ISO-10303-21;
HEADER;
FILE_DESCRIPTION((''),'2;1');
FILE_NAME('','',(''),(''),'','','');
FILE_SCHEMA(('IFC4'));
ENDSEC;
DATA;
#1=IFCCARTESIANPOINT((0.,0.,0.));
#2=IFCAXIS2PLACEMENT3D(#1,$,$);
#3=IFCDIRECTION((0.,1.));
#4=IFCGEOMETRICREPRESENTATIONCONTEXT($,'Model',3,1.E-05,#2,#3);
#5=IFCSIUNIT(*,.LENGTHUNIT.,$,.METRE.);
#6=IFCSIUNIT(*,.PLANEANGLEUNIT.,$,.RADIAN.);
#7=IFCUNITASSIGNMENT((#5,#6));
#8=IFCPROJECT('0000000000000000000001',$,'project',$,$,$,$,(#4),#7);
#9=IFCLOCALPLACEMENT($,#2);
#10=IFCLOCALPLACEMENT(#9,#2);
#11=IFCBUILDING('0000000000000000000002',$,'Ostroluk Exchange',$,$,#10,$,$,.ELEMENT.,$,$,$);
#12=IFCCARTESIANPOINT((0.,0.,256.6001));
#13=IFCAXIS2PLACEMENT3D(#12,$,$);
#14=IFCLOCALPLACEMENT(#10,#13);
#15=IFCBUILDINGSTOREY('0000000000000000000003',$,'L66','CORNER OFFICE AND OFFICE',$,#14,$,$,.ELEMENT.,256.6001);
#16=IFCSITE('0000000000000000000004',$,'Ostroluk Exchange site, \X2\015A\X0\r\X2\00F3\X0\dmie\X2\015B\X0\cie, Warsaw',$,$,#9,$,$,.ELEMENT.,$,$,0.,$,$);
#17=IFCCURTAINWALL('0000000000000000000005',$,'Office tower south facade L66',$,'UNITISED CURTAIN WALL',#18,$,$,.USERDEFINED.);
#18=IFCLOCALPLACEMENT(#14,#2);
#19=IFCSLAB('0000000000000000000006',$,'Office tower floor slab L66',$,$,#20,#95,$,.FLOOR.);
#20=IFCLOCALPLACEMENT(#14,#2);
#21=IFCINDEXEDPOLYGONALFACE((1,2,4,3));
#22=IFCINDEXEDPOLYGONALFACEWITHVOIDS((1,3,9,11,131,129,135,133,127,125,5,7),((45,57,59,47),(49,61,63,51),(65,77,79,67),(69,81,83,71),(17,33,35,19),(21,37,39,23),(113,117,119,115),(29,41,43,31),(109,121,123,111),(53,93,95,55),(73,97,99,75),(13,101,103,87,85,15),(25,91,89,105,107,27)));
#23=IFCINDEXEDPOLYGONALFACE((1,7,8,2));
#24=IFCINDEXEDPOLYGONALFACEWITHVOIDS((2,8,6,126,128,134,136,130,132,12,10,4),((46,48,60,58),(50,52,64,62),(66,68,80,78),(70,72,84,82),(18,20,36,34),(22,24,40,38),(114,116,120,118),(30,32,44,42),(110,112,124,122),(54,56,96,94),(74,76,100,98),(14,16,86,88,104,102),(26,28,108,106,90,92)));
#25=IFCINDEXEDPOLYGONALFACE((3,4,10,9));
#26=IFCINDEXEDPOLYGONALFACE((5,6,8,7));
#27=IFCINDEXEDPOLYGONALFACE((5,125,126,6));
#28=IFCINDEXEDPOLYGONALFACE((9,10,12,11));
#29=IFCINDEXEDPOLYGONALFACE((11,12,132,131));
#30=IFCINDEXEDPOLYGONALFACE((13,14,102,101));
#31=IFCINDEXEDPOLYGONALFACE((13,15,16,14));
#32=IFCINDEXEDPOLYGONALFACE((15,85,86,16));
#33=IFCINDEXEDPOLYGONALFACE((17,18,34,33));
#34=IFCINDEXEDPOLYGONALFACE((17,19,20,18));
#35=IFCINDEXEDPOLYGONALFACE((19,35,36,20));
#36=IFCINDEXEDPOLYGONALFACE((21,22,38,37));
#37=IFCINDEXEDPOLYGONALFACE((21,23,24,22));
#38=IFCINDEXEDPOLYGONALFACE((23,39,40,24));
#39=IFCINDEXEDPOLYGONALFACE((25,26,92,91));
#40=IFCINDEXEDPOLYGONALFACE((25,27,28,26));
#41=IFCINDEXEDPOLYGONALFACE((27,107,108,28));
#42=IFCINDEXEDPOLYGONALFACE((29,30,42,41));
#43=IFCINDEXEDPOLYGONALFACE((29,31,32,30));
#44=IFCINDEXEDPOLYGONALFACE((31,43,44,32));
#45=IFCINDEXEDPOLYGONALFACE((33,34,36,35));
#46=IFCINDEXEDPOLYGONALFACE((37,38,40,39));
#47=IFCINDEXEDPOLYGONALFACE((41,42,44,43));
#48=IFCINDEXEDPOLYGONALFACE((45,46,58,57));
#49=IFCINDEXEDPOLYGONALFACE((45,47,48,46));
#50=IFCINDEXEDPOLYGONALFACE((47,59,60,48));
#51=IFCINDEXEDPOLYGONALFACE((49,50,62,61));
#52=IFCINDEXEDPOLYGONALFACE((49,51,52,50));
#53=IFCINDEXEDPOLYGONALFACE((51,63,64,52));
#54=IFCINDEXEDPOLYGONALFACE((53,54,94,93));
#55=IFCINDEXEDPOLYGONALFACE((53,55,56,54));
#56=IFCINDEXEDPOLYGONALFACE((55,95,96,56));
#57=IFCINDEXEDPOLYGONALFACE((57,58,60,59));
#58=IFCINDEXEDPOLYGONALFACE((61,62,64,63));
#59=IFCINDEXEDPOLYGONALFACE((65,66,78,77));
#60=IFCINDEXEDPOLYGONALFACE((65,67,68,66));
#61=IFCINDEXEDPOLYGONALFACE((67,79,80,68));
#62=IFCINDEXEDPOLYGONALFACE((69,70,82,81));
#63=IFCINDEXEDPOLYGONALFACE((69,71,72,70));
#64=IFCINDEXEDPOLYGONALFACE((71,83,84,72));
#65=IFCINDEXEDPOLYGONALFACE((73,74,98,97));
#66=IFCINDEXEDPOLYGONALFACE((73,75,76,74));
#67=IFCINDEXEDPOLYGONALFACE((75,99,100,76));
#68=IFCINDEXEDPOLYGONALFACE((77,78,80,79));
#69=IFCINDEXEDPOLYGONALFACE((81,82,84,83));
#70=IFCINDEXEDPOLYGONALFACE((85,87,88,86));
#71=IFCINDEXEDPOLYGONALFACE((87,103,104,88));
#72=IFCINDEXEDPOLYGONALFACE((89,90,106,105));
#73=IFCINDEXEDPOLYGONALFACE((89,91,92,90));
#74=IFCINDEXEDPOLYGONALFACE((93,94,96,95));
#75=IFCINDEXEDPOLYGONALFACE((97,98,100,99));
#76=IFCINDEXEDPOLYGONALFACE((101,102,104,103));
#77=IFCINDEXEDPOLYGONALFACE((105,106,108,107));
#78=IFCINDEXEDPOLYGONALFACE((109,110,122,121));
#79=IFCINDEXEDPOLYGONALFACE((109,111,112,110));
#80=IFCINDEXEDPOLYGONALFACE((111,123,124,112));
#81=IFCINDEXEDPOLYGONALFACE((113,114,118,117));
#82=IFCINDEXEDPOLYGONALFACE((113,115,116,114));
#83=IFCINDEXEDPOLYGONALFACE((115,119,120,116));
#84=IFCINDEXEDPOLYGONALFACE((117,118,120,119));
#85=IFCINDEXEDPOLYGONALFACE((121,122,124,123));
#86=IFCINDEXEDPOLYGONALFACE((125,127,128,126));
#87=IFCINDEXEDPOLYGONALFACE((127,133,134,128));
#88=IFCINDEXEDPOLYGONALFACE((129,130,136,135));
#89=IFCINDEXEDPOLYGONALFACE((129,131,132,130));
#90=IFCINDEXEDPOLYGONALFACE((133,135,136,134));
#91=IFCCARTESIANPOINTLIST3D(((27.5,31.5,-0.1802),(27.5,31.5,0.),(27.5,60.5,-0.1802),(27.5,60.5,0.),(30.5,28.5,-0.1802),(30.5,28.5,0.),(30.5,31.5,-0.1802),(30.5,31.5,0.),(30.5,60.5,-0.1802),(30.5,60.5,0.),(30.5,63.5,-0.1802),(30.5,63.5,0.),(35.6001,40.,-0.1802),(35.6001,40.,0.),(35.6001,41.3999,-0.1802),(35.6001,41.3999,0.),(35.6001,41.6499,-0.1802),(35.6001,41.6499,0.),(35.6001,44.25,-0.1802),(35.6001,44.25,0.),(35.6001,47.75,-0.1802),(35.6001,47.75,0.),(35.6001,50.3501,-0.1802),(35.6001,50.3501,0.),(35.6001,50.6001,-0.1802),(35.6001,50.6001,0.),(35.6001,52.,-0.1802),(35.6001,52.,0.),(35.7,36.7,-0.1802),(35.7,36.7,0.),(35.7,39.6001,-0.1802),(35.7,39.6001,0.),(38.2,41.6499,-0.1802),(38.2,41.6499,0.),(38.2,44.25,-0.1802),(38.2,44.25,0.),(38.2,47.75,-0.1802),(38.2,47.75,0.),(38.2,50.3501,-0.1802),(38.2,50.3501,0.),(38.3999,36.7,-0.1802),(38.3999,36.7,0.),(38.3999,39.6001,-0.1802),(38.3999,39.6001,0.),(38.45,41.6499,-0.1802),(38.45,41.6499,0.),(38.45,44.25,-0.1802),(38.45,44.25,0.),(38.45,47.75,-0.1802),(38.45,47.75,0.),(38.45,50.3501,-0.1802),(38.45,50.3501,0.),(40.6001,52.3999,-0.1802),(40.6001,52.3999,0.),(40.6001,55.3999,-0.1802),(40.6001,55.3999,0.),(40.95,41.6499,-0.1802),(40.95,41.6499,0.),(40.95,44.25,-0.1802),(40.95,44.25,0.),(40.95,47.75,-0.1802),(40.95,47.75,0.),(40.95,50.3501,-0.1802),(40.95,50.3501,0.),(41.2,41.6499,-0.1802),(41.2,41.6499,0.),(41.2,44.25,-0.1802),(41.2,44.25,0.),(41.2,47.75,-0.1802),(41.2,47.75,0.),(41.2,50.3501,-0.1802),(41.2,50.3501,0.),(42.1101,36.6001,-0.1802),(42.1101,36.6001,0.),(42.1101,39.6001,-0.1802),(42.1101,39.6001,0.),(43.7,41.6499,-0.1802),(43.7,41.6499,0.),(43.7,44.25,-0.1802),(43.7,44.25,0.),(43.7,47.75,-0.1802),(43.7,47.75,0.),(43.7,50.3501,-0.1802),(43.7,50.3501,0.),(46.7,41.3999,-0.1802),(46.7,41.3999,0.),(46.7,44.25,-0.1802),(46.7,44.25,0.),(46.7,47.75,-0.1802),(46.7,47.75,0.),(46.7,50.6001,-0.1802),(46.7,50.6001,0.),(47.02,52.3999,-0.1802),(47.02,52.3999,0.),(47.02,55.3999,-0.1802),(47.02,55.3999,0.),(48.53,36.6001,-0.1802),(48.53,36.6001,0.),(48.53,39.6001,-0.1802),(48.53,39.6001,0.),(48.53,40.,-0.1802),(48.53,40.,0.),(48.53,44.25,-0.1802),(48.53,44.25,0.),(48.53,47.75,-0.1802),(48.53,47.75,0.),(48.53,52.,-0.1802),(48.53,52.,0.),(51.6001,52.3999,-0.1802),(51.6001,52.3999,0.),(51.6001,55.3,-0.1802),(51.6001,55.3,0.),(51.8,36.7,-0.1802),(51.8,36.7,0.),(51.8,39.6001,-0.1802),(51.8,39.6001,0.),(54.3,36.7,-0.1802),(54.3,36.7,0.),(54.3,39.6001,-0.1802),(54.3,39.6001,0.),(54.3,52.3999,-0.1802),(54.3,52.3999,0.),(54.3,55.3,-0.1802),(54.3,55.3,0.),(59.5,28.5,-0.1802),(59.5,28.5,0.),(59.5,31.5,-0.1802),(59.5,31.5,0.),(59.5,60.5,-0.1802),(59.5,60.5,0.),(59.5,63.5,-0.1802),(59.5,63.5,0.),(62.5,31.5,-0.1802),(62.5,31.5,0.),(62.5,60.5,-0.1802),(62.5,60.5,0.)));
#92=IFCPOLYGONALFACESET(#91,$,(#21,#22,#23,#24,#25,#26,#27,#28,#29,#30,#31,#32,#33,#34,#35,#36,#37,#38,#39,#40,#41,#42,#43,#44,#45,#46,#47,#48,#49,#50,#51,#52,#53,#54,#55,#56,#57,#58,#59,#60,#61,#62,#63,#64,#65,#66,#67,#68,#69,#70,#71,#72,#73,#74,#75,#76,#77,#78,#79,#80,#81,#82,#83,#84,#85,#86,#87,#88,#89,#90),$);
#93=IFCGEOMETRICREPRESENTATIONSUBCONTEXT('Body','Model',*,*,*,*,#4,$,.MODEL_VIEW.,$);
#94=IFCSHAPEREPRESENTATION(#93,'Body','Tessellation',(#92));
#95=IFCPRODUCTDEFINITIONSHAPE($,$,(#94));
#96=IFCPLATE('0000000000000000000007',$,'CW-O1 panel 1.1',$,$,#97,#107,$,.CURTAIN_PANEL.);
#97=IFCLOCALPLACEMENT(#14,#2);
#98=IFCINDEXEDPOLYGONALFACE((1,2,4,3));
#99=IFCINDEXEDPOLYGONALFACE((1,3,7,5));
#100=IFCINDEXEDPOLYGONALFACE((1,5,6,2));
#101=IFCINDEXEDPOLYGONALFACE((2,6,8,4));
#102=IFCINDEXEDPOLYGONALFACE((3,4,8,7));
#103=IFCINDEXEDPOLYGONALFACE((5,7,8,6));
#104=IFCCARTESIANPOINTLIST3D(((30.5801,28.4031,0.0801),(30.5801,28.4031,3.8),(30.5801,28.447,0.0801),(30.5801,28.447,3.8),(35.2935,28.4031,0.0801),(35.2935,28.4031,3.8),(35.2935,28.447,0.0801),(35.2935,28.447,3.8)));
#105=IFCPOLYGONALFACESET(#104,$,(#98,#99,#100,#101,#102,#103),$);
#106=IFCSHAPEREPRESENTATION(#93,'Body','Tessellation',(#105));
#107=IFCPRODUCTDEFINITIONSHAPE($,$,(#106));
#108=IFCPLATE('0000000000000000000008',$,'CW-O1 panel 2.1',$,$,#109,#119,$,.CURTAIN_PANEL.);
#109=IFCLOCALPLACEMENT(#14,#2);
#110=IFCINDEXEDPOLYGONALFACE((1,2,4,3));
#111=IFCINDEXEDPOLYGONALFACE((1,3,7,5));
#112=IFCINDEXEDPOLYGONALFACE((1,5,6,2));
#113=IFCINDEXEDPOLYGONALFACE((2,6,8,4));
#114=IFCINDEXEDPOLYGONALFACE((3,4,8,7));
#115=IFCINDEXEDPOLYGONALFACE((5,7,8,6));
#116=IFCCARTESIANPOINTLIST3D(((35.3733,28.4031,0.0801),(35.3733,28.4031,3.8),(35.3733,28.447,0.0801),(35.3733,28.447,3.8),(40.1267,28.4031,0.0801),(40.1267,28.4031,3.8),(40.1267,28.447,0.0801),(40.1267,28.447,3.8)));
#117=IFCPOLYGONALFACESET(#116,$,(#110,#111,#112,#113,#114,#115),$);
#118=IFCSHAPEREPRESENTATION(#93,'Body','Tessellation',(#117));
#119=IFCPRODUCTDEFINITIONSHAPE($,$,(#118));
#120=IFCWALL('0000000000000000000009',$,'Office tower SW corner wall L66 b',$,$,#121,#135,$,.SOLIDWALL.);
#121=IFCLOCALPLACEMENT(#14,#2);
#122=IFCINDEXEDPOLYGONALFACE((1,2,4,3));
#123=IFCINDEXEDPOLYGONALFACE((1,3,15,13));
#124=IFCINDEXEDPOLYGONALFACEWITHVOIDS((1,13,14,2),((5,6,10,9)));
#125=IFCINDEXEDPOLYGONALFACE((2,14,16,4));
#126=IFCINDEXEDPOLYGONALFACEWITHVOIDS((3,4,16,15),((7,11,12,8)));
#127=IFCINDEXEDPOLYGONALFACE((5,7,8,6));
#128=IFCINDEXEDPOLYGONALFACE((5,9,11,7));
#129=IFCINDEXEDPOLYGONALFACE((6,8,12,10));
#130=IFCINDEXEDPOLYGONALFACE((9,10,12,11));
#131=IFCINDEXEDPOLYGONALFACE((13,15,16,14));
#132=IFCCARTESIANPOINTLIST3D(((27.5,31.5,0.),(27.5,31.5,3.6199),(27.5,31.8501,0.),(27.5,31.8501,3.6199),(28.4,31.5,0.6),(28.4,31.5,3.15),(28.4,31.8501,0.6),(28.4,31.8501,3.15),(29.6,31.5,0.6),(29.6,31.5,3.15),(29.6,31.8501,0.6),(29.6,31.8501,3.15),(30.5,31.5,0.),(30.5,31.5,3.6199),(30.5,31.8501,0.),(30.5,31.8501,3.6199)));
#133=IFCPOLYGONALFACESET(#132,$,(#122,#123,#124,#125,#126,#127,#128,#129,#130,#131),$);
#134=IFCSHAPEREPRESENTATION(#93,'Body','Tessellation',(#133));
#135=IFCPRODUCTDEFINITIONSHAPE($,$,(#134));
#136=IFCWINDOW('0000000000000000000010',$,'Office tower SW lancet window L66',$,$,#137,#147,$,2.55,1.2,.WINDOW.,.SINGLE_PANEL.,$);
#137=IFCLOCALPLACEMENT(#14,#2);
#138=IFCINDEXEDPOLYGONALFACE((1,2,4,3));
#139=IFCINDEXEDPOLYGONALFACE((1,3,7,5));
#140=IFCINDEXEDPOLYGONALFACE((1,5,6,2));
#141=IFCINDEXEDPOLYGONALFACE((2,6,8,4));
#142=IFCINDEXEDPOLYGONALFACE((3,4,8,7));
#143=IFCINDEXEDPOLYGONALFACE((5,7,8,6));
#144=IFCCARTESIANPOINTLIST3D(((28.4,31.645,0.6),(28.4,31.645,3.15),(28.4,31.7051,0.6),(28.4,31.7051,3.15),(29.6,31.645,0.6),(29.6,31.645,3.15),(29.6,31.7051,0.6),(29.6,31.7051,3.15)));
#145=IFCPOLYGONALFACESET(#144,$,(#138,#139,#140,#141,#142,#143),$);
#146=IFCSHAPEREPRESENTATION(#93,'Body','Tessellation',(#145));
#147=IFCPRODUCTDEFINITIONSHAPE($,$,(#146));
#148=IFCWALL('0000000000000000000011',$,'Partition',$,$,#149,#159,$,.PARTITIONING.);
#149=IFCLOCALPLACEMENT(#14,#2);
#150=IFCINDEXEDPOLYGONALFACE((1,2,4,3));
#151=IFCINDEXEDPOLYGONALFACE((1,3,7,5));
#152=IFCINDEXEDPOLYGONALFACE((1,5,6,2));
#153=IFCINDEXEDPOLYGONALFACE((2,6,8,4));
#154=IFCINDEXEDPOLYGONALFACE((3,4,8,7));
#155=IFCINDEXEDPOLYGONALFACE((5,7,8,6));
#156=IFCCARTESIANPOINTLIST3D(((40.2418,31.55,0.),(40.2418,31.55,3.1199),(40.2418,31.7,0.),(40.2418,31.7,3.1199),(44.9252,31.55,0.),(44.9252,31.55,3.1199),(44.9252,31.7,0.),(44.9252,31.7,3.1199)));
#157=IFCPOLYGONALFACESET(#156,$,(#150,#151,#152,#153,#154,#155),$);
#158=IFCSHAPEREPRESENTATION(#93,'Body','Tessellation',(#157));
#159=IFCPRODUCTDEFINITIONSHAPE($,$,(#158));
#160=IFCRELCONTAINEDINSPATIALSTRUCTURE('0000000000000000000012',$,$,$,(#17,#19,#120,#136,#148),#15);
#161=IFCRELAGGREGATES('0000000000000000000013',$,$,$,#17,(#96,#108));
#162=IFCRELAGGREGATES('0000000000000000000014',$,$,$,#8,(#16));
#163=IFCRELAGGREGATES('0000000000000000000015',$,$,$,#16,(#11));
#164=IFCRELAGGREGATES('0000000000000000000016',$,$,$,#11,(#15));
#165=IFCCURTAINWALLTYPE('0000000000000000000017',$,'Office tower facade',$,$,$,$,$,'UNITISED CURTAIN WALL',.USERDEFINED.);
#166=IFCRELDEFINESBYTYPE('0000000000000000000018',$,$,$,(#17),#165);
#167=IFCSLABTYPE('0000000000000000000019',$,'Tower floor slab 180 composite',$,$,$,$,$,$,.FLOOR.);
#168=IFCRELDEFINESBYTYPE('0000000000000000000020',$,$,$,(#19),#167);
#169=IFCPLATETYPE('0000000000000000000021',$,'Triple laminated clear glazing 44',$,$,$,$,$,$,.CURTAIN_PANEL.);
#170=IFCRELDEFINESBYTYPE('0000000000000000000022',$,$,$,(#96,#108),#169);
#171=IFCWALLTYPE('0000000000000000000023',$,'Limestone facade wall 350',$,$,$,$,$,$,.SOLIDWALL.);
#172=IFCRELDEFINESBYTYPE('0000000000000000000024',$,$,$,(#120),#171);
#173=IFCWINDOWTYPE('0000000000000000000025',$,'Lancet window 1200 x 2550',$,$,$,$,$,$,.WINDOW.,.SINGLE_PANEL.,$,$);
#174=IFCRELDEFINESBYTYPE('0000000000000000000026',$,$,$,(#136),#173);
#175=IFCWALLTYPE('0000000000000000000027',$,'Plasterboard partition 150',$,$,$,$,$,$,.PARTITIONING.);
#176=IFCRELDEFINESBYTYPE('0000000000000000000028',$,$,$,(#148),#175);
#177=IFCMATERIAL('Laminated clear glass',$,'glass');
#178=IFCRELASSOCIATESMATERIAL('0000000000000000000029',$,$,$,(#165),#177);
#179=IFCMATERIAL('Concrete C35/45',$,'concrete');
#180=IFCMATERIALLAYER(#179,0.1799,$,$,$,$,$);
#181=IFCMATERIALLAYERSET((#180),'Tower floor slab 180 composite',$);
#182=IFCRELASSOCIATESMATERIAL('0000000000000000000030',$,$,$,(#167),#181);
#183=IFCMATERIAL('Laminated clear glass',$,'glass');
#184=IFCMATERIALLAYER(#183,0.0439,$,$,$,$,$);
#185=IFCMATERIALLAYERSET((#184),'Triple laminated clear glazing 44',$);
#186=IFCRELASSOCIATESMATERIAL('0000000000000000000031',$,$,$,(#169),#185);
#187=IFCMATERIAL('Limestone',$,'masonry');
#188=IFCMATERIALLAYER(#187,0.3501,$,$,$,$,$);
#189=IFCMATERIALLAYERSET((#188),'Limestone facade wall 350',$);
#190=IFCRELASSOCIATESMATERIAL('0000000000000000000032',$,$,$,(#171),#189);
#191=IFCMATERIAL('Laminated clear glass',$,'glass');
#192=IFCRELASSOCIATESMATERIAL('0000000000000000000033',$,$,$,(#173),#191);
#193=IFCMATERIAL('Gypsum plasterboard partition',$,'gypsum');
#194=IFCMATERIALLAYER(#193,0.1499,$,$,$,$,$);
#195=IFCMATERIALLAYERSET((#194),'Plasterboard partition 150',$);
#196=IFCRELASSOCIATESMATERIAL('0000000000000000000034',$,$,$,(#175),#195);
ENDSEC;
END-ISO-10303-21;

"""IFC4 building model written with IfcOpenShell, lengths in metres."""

from ifc_helpers import new_model, si_unit, direction, frame, frame_2d, origin, origin_2d, place, context, subcontext, project, spatial, polyline, rectangle, outline, extrude, material, layer, layer_set, type_object, element, fill, aggregate, save


model = new_model("IFC4")

# Units and contexts
model_context = context("Model", 3, precision=1e-05, world=origin(), true_north=direction((0.0, 1.0)))
body_context = subcontext(model_context, "Body", "Model", "MODEL_VIEW")
ifc_project = project(units=[si_unit("LENGTHUNIT", "METRE"), si_unit("PLANEANGLEUNIT", "RADIAN")], contexts=[model_context])

# Site, building, storey
site_placement = place(None, origin())
site = spatial("IfcSite", under=ifc_project, at=site_placement, Name="Ostroluk Exchange site, Śródmieście, Warsaw", CompositionType="ELEMENT", RefElevation=0.0)
building_placement = place(site_placement, origin())
building = spatial("IfcBuilding", under=site, at=building_placement, Name="Ostroluk Exchange", CompositionType="ELEMENT")
storey_placement = place(building_placement, frame((0.0, 0.0, 256.6001)))
storey = spatial("IfcBuildingStorey", under=building, at=storey_placement, Name="L66", Description="CORNER OFFICE AND OFFICE", CompositionType="ELEMENT", Elevation=256.6001)

# Curtain wall
ifc_material_1 = material(Name="Laminated clear glass", Category="glass")
curtain_wall_type = type_object("IfcCurtainWallType", Name="Office tower facade", ElementType="UNITISED CURTAIN WALL", PredefinedType="USERDEFINED", material=ifc_material_1)
curtain_wall_1_placement = place(storey_placement, origin())
curtain_wall_1 = element("IfcCurtainWall", 1, at=curtain_wall_1_placement, inside=storey, type_object=curtain_wall_type, Name="Office tower south facade L66", ObjectType="UNITISED CURTAIN WALL", PredefinedType="USERDEFINED")

# Slab
ifc_material_2 = material(Name="Concrete C35/45", Category="concrete")
ifc_layer_1 = layer(ifc_material_2, 0.1799)
ifc_layer_set_1 = layer_set([ifc_layer_1], Name="Tower floor slab 180 composite")
slab_type_1 = type_object("IfcSlabType", Name="Tower floor slab 180 composite", PredefinedType="FLOOR", material=ifc_layer_set_1)
slab_1_placement = place(storey_placement, frame((0.0, 0.0, -0.1802)))
element("IfcSlab", 2, at=slab_1_placement, inside=storey, type_object=slab_type_1, Name="Office tower floor slab L66", PredefinedType="FLOOR", context=body_context, shape_type="SweptSolid", body=[
    extrude(outline(polyline([(30.5, 28.5), (59.5, 28.5), (59.5, 31.5), (62.5, 31.5), (62.5, 60.5), (59.5, 60.5), (59.5, 63.5), (30.5, 63.5), (30.5, 60.5), (27.5, 60.5), (27.5, 31.5), (30.5, 31.5), (30.5, 28.5)]), holes=[polyline([(35.7, 36.7), (38.3999, 36.7), (38.3999, 39.6001), (35.7, 39.6001), (35.7, 36.7)]), polyline([(42.1101, 36.6001), (48.53, 36.6001), (48.53, 39.6001), (42.1101, 39.6001), (42.1101, 36.6001)]), polyline([(51.8, 36.7), (54.3, 36.7), (54.3, 39.6001), (51.8, 39.6001), (51.8, 36.7)]), polyline([(40.6001, 52.3999), (47.02, 52.3999), (47.02, 55.3999), (40.6001, 55.3999), (40.6001, 52.3999)]), polyline([(51.6001, 52.3999), (54.3, 52.3999), (54.3, 55.3), (51.6001, 55.3), (51.6001, 52.3999)]), polyline([(35.6001, 47.75), (38.2, 47.75), (38.2, 50.3501), (35.6001, 50.3501), (35.6001, 47.75)]), polyline([(38.45, 47.75), (40.95, 47.75), (40.95, 50.3501), (38.45, 50.3501), (38.45, 47.75)]), polyline([(41.2, 47.75), (43.7, 47.75), (43.7, 50.3501), (41.2, 50.3501), (41.2, 47.75)]), polyline([(35.6001, 41.6499), (38.2, 41.6499), (38.2, 44.25), (35.6001, 44.25), (35.6001, 41.6499)]), polyline([(38.45, 41.6499), (40.95, 41.6499), (40.95, 44.25), (38.45, 44.25), (38.45, 41.6499)]), polyline([(41.2, 41.6499), (43.7, 41.6499), (43.7, 44.25), (41.2, 44.25), (41.2, 41.6499)]), polyline([(48.53, 52.0), (48.53, 47.75), (46.7, 47.75), (46.7, 50.6001), (35.6001, 50.6001), (35.6001, 52.0), (48.53, 52.0)]), polyline([(35.6001, 40.0), (35.6001, 41.3999), (46.7, 41.3999), (46.7, 44.25), (48.53, 44.25), (48.53, 40.0), (35.6001, 40.0)])]), origin(), (0.0, 0.0, 1.0), 0.1802),
])

# Plates
ifc_material_3 = material(Name="Laminated clear glass", Category="glass")
ifc_layer_2 = layer(ifc_material_3, 0.0439)
ifc_layer_set_2 = layer_set([ifc_layer_2], Name="Triple laminated clear glazing 44")
plate_type_1 = type_object("IfcPlateType", Name="Triple laminated clear glazing 44", PredefinedType="CURTAIN_PANEL", material=ifc_layer_set_2)
plate_1_placement = place(storey_placement, frame((32.9368, 28.425, 0.0801), z_axis=(0.0, 0.0, 1.0), x_axis=(1.0, 0.0, 0.0)))
plate_1 = element("IfcPlate", 3, at=plate_1_placement, type_object=plate_type_1, Name="CW-O1 panel 1.1", PredefinedType="CURTAIN_PANEL", context=body_context, shape_type="SweptSolid", body=[
    extrude(rectangle(XDim=4.7134, YDim=0.0439, at=origin_2d()), origin(), (0.0, 0.0, 1.0), 3.72),
])
plate_2_placement = place(storey_placement, frame((37.75, 28.425, 0.0801), z_axis=(0.0, 0.0, 1.0), x_axis=(1.0, 0.0, 0.0)))
plate_2 = element("IfcPlate", 4, at=plate_2_placement, type_object=plate_type_1, Name="CW-O1 panel 2.1", PredefinedType="CURTAIN_PANEL", context=body_context, shape_type="SweptSolid", body=[
    extrude(rectangle(XDim=4.7534, YDim=0.0439, at=origin_2d()), origin(), (0.0, 0.0, 1.0), 3.72),
])
aggregate(curtain_wall_1, [plate_1, plate_2])

# Shared definitions
ifc_material_4 = material(Name="Limestone", Category="masonry")
ifc_layer_3 = layer(ifc_material_4, 0.3501)
ifc_layer_set_3 = layer_set([ifc_layer_3], Name="Limestone facade wall 350")
wall_type_1 = type_object("IfcWallType", Name="Limestone facade wall 350", PredefinedType="SOLIDWALL", material=ifc_layer_set_3)

# Wall, opening, window
wall_1_placement = place(storey_placement, frame((30.5, 31.675, 0.0), z_axis=(0.0, 0.0, 1.0), x_axis=(-1.0, 0.0, 0.0)))
wall_1 = element("IfcWall", 5, at=wall_1_placement, inside=storey, type_object=wall_type_1, Name="Office tower SW corner wall L66 b", PredefinedType="SOLIDWALL", context=body_context, shape_type="SweptSolid", body=[
    extrude(rectangle(XDim=3.0, YDim=0.3501, at=frame_2d((1.5, 0.0))), origin(), (0.0, 0.0, 1.0), 3.6199),
])
opening_1_placement = place(wall_1_placement, frame((0.8999, 0.0, 0.6001)))
opening_1 = element("IfcOpeningElement", 6, at=opening_1_placement, cuts=wall_1, PredefinedType="OPENING", context=body_context, shape_type="SweptSolid", body=[
    extrude(rectangle(XDim=1.2, YDim=2.55, at=frame_2d((0.6001, 1.2749))), frame((0.0, 0.1851, 0.0), z_axis=(0.0, -1.0, 0.0), x_axis=(1.0, 0.0, 0.0)), (0.0, 0.0, 1.0), 0.3701),
])
ifc_material_5 = material(Name="Laminated clear glass", Category="glass")
window_type = type_object("IfcWindowType", Name="Lancet window 1200 x 2550", PartitioningType="SINGLE_PANEL", PredefinedType="WINDOW", material=ifc_material_5)
window_placement = place(opening_1_placement, origin())
window = element("IfcWindow", 7, at=window_placement, inside=storey, type_object=window_type, Name="Office tower SW lancet window L66", OverallHeight=2.55, OverallWidth=1.2, PartitioningType="SINGLE_PANEL", PredefinedType="WINDOW", context=body_context, shape_type="SweptSolid", body=[
    extrude(rectangle(XDim=1.2, YDim=2.55, at=frame_2d((0.6001, 1.2749))), frame((0.0, 0.03, 0.0), z_axis=(0.0, -1.0, 0.0), x_axis=(1.0, 0.0, 0.0)), (0.0, 0.0, 1.0), 0.0601),
])
fill(opening_1, window)

# Wall
ifc_material_6 = material(Name="Gypsum plasterboard partition", Category="gypsum")
ifc_layer_4 = layer(ifc_material_6, 0.1499)
ifc_layer_set_4 = layer_set([ifc_layer_4], Name="Plasterboard partition 150")
wall_type_2 = type_object("IfcWallType", Name="Plasterboard partition 150", PredefinedType="PARTITIONING", material=ifc_layer_set_4)
wall_2_placement = place(storey_placement, frame((40.2417, 31.625, 0.0), z_axis=(0.0, 0.0, 1.0), x_axis=(1.0, 0.0, 0.0)))
element("IfcWall", 8, at=wall_2_placement, inside=storey, type_object=wall_type_2, Name="Partition", PredefinedType="PARTITIONING", context=body_context, shape_type="SweptSolid", body=[
    extrude(rectangle(XDim=4.6833, YDim=0.1499, at=frame_2d((2.3418, 0.0))), origin(), (0.0, 0.0, 1.0), 3.1199),
])

save(model, "model.ifc")
